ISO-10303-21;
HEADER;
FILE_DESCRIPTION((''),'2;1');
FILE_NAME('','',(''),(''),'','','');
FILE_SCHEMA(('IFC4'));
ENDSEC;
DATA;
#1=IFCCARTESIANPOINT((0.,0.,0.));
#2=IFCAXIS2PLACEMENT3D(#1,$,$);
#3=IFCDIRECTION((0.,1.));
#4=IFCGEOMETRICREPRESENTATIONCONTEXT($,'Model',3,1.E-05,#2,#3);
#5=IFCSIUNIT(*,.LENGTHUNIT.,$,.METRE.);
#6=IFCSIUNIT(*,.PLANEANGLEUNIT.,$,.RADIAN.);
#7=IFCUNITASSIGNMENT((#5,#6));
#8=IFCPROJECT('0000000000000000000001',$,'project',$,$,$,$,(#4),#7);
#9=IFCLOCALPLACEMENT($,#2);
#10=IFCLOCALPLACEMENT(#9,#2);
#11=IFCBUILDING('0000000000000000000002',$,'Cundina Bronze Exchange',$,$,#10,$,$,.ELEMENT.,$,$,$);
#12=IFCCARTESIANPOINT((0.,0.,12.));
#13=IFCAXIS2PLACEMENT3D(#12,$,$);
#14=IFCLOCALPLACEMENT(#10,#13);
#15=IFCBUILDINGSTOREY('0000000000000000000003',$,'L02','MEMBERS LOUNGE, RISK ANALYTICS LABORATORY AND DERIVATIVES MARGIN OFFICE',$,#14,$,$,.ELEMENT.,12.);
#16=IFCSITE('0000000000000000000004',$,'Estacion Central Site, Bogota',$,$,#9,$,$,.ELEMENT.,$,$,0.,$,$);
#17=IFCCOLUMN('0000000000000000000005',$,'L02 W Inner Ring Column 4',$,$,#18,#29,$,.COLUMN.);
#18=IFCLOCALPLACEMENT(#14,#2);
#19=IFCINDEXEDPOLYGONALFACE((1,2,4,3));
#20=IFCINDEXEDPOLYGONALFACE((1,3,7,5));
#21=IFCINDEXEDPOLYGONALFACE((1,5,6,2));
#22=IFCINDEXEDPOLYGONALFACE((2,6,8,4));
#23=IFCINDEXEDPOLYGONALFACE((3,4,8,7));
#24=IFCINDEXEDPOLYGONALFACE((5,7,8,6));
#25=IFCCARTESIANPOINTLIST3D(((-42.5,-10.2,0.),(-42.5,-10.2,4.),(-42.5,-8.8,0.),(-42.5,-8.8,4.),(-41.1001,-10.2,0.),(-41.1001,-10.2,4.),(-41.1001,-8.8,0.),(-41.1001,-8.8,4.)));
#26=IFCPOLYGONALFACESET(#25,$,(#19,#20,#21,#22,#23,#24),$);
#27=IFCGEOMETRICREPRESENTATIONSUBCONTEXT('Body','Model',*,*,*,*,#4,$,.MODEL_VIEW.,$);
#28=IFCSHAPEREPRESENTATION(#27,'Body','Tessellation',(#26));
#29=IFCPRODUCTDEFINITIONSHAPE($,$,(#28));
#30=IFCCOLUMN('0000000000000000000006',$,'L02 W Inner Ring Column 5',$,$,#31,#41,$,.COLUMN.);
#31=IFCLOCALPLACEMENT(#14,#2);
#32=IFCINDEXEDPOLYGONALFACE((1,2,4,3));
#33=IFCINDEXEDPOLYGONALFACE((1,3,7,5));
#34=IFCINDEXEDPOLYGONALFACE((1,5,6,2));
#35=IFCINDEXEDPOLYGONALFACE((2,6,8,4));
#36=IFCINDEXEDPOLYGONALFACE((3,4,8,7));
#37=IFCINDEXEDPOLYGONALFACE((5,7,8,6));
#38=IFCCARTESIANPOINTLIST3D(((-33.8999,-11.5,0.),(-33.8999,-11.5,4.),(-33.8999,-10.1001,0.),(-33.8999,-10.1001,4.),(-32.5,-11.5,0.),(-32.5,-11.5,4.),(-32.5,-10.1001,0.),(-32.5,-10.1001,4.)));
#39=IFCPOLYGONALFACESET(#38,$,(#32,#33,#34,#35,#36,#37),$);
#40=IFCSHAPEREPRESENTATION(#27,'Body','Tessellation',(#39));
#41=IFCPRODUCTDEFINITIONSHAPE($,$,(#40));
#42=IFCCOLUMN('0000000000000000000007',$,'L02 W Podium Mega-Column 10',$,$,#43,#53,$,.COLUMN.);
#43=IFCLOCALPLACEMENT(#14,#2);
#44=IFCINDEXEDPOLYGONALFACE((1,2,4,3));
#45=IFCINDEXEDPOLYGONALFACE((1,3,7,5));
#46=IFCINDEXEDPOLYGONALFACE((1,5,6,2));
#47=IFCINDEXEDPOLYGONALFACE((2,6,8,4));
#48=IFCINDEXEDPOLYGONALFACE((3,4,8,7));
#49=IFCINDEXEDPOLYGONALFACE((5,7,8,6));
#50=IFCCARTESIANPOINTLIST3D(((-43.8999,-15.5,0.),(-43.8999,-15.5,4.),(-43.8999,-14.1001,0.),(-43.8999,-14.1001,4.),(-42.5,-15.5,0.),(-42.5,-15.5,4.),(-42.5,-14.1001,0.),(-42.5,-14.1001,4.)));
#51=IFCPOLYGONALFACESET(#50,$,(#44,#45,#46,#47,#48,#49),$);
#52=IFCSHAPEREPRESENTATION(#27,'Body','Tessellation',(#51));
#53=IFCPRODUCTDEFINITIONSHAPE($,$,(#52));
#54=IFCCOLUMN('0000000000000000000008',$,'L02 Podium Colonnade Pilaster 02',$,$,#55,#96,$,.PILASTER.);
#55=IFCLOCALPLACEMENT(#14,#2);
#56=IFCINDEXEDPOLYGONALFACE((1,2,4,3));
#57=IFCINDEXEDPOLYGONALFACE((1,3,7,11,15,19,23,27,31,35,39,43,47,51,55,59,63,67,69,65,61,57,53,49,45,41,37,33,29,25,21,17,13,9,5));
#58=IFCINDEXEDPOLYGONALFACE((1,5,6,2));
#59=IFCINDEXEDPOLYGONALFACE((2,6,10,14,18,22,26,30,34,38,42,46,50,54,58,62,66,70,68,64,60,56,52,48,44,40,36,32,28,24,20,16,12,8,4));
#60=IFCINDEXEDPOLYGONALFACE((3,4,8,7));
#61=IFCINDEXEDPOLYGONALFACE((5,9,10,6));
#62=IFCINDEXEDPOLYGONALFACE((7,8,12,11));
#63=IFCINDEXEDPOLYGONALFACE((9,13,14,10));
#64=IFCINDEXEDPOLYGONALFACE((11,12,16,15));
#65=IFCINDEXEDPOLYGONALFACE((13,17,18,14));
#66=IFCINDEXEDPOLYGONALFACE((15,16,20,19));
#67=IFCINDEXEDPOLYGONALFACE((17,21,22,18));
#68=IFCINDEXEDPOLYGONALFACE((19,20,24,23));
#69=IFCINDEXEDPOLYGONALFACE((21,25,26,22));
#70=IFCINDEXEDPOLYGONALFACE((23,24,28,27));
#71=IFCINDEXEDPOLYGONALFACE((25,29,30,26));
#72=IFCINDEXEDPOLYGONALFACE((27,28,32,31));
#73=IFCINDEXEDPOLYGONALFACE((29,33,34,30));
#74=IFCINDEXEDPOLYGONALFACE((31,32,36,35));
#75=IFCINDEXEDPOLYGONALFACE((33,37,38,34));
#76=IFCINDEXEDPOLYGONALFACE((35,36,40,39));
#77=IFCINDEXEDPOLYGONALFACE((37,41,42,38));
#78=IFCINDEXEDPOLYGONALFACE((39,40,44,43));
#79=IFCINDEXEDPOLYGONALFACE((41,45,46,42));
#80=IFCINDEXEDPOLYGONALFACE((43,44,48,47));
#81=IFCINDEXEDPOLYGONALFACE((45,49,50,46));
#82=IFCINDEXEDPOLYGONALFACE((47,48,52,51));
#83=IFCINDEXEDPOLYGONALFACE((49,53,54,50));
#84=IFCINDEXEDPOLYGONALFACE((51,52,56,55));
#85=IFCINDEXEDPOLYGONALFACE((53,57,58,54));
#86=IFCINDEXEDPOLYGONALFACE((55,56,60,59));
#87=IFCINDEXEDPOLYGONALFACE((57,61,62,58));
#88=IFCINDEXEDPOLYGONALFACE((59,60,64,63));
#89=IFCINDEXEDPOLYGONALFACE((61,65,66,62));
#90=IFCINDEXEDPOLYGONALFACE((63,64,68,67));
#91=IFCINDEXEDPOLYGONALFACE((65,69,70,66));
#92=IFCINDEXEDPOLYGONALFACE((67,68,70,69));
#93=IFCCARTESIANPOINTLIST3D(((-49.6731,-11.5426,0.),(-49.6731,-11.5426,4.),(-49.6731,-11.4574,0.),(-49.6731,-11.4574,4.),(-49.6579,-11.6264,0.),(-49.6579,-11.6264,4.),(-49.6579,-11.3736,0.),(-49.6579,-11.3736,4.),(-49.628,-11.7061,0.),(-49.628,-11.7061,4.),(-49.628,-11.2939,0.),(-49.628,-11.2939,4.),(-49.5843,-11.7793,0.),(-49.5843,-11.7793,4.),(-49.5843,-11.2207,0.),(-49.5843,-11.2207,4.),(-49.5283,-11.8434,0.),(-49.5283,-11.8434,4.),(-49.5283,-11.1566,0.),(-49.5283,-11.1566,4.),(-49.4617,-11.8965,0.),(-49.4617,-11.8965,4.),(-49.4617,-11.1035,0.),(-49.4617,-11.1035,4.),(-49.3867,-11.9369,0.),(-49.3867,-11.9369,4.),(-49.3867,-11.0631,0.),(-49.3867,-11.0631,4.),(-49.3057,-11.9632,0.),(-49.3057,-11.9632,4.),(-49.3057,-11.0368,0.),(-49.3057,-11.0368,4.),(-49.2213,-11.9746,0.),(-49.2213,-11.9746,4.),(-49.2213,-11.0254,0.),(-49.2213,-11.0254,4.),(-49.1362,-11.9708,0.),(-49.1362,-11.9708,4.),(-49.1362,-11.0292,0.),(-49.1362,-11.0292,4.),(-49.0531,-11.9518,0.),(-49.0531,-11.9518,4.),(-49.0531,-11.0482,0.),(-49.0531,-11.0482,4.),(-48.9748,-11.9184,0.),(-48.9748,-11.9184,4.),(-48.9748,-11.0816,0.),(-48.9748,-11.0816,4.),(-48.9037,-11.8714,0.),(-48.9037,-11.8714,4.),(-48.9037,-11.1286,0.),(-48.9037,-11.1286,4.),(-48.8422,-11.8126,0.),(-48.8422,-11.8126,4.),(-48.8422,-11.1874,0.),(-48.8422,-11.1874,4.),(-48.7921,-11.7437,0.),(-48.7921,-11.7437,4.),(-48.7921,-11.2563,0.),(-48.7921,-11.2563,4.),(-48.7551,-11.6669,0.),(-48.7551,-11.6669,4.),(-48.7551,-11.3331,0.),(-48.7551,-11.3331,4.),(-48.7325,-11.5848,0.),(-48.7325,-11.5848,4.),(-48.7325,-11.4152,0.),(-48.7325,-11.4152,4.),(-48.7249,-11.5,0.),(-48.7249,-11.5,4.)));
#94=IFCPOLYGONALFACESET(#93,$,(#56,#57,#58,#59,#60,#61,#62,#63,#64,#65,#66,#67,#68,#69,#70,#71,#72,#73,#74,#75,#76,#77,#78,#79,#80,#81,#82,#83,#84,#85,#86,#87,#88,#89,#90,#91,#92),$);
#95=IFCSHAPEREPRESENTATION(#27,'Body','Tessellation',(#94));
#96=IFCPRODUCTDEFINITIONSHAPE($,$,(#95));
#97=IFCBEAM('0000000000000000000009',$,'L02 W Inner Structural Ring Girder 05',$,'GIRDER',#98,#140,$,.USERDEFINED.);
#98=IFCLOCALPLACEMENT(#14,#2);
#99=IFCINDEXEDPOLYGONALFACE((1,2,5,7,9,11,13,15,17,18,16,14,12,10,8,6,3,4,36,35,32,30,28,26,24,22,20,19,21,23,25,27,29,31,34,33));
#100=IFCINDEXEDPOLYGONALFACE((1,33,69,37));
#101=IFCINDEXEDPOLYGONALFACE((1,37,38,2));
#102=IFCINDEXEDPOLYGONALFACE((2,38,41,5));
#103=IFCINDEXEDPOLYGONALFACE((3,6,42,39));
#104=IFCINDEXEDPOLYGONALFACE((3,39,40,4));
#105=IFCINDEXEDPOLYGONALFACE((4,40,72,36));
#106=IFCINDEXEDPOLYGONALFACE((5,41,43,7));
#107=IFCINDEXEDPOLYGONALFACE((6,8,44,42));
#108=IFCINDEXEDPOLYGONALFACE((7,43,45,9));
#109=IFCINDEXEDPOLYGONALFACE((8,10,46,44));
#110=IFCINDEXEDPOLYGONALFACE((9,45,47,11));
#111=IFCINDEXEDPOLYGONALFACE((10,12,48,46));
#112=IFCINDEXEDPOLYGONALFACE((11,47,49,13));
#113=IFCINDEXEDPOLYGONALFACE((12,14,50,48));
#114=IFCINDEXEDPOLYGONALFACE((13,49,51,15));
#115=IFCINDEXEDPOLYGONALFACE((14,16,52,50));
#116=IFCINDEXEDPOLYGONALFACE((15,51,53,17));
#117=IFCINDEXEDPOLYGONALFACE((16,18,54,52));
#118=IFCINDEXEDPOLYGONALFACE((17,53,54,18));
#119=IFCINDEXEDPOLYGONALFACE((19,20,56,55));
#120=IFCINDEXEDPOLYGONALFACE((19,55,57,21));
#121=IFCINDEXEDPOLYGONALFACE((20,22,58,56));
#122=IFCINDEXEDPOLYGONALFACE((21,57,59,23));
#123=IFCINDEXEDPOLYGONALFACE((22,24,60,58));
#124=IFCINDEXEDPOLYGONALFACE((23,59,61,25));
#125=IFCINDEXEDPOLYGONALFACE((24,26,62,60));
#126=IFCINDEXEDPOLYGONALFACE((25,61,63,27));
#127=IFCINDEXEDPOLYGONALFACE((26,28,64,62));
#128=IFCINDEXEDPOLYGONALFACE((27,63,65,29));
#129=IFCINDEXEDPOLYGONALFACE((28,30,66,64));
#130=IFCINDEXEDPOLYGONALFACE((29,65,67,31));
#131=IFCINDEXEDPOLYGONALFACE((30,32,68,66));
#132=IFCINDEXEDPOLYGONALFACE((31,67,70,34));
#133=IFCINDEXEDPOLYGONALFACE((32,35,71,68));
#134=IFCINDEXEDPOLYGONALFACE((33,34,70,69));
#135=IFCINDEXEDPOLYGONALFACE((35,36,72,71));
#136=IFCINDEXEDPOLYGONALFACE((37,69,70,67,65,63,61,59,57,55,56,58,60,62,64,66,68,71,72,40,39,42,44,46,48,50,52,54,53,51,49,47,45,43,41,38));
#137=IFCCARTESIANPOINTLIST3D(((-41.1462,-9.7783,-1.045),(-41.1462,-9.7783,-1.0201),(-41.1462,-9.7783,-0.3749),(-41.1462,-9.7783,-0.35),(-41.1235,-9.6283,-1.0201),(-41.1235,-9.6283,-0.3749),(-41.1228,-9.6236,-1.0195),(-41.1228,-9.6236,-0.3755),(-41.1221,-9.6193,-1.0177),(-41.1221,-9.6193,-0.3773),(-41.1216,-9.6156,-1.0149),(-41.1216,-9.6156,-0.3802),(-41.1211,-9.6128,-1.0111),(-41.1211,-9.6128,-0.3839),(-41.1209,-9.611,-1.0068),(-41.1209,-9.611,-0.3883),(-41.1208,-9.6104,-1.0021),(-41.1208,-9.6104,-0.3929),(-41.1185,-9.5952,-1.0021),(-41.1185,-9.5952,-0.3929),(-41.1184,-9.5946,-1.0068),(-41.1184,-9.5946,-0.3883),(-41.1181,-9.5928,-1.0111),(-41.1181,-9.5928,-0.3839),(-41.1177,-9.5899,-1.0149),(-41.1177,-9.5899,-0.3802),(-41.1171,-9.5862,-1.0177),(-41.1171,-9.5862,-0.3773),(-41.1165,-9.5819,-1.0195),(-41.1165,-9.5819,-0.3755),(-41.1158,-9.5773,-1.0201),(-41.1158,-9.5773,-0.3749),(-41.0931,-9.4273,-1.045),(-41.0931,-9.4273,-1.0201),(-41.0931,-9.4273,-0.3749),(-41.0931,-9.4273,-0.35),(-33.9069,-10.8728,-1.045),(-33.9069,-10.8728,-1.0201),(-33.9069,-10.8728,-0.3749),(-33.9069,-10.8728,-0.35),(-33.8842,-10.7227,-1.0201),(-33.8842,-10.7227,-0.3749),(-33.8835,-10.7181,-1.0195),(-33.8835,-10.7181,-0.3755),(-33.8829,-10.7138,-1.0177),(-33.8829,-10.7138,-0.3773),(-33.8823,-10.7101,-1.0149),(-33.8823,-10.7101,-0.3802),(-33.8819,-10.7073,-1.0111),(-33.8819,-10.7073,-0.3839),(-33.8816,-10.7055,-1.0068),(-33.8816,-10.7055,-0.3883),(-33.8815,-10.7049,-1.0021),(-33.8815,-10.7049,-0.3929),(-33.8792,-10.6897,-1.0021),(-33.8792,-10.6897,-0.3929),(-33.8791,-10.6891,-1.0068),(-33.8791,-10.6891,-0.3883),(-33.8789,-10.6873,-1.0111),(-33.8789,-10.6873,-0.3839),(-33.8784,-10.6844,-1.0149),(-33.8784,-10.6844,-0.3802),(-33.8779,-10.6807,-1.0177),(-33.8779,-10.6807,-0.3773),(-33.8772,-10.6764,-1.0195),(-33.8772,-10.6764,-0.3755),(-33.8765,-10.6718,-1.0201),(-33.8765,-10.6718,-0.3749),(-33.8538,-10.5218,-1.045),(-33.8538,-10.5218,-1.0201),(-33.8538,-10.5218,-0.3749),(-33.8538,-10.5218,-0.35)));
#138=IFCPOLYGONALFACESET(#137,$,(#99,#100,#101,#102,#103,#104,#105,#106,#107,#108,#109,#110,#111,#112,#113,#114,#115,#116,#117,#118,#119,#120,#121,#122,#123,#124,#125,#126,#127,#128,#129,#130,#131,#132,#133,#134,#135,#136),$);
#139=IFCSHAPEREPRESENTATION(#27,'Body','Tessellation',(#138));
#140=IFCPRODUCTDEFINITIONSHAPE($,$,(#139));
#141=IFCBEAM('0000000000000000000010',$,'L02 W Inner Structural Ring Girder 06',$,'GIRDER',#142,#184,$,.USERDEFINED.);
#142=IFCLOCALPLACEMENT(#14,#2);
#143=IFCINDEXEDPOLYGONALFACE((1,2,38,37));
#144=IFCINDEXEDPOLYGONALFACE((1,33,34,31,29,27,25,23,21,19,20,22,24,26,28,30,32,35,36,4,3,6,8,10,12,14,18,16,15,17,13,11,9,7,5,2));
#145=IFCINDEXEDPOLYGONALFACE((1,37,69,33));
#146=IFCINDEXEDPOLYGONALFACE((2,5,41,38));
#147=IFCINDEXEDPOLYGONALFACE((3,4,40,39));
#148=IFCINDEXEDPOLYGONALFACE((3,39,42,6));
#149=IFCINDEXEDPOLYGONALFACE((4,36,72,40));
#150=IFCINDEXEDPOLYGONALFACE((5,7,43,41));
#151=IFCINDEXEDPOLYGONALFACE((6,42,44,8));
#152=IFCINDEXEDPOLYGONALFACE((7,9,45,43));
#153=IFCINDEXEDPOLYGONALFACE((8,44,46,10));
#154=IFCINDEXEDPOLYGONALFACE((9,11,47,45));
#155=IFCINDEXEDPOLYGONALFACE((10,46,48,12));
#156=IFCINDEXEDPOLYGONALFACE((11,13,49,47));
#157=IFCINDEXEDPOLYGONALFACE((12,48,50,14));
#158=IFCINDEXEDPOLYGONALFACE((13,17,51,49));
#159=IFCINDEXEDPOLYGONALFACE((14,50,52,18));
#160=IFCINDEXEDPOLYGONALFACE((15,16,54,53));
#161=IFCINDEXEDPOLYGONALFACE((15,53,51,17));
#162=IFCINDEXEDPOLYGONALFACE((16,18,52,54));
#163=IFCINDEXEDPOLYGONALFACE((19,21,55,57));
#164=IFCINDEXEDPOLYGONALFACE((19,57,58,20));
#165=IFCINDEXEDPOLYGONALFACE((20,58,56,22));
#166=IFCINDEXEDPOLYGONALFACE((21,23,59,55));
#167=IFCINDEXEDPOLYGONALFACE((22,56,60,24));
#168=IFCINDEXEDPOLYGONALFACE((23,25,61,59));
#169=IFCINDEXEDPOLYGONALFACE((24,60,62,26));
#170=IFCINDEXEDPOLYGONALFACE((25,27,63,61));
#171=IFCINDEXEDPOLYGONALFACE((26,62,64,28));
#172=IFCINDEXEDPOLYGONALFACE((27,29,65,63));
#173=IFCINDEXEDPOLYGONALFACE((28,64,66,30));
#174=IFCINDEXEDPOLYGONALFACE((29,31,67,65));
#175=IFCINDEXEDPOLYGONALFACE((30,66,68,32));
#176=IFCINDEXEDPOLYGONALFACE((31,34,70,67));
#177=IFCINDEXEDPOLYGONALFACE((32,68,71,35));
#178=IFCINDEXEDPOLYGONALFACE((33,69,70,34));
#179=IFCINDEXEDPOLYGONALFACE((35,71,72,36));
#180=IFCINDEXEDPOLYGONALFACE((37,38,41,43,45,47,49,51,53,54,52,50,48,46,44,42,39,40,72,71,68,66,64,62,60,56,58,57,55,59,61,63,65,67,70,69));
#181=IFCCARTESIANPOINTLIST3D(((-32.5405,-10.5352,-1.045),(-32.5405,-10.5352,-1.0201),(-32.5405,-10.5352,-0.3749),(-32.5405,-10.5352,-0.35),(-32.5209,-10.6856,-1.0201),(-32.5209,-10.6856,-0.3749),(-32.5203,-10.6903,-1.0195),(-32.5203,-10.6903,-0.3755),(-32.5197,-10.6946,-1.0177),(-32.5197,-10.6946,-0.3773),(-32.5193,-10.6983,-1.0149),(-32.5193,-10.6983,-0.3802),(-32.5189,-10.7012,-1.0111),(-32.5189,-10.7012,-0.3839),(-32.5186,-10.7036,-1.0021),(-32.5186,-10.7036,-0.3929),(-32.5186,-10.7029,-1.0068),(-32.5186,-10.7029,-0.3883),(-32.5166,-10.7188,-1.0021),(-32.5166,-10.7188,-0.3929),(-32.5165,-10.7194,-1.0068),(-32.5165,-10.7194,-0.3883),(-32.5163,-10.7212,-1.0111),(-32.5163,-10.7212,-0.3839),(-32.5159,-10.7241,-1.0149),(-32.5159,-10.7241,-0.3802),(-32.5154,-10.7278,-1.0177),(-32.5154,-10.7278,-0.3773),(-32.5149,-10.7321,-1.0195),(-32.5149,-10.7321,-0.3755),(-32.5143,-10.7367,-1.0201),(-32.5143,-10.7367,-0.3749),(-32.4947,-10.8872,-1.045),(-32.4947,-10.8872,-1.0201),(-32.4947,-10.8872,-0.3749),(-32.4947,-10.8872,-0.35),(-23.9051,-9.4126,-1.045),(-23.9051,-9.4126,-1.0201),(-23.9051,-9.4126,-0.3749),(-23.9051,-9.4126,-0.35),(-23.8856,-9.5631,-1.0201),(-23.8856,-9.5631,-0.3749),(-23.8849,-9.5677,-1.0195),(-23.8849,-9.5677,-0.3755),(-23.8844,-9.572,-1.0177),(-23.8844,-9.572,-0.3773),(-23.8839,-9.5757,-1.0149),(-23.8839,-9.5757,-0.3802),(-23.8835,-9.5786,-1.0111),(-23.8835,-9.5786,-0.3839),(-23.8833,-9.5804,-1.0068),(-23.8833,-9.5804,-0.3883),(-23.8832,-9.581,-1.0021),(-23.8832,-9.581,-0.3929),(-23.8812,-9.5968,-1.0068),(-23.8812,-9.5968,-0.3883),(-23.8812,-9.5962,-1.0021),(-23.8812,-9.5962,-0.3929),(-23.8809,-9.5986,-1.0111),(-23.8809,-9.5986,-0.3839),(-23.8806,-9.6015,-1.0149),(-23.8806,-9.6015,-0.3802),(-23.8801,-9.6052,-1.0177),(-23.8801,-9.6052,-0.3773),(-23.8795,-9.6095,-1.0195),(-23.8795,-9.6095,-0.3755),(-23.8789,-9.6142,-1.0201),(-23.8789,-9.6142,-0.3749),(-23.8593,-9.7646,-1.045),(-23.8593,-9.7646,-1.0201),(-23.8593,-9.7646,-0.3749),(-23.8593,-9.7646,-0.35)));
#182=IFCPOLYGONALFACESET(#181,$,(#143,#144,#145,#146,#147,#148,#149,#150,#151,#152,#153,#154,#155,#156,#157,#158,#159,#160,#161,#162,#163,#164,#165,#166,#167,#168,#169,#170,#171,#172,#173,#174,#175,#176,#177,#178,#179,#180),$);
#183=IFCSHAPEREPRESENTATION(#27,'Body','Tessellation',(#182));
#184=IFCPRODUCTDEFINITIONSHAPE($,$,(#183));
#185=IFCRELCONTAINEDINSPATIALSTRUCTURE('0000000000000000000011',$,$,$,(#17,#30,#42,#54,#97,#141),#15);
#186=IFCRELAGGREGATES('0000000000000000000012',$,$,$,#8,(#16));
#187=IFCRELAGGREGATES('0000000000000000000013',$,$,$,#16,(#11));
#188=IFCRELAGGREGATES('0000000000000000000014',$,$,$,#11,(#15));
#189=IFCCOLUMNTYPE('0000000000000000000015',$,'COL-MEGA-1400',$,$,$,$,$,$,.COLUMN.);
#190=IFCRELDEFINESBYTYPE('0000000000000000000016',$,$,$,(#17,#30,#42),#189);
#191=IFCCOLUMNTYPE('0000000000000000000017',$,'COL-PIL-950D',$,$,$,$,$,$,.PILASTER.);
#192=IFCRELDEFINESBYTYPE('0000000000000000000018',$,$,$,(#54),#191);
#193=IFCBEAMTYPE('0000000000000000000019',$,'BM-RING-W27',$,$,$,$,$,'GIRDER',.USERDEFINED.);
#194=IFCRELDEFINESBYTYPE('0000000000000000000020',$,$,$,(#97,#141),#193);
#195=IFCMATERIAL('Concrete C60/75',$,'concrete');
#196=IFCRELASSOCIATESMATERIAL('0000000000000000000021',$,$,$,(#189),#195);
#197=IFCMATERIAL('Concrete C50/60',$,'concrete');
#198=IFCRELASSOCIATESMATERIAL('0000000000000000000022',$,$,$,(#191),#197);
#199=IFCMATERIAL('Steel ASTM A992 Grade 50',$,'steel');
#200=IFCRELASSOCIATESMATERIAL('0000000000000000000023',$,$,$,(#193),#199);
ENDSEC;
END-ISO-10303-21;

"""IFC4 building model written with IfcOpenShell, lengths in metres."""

from ifc_helpers import new_model, si_unit, direction, frame, origin, origin_2d, place, context, subcontext, project, spatial, rectangle, circle, i_section, extrude, material, material_profile, profile_set, type_object, element, save


model = new_model("IFC4")

# Units and contexts
model_context = context("Model", 3, precision=1e-05, world=origin(), true_north=direction((0.0, 1.0)))
body_context = subcontext(model_context, "Body", "Model", "MODEL_VIEW")
ifc_project = project(units=[si_unit("LENGTHUNIT", "METRE"), si_unit("PLANEANGLEUNIT", "RADIAN")], contexts=[model_context])

# Site, building, storey
site_placement = place(None, origin())
site = spatial("IfcSite", under=ifc_project, at=site_placement, Name="Estacion Central Site, Bogota", CompositionType="ELEMENT", RefElevation=0.0)
building_placement = place(site_placement, origin())
building = spatial("IfcBuilding", under=site, at=building_placement, Name="Cundina Bronze Exchange", CompositionType="ELEMENT")
storey_placement = place(building_placement, frame((0.0, 0.0, 12.0)))
storey = spatial("IfcBuildingStorey", under=building, at=storey_placement, Name="L02", Description="MEMBERS LOUNGE, RISK ANALYTICS LABORATORY AND DERIVATIVES MARGIN OFFICE", CompositionType="ELEMENT", Elevation=12.0)

# Columns
ifc_material_1 = material(Name="Concrete C60/75", Category="concrete")
ifc_material_profile_1 = material_profile(ifc_material_1, rectangle(XDim=1.3999, YDim=1.3999, at=origin_2d()), Name="RC1400X1400", Category="concrete")
ifc_profile_set_1 = profile_set([ifc_material_profile_1], Name="Concrete C60/75")
column_type_1 = type_object("IfcColumnType", Name="COL-MEGA-1400", PredefinedType="COLUMN", material=ifc_profile_set_1)
for number, where, z_axis, x_axis, name in (
    (1, (-41.8, -9.5, 0.0), (0.0, 0.0, 1.0), (1.0, 0.0, 0.0), "L02 W Inner Ring Column 4"),
    (2, (-33.2, -10.8, 0.0), (0.0, 0.0, 1.0), (1.0, 0.0, 0.0), "L02 W Inner Ring Column 5"),
    (3, (-43.2, -14.8, 0.0), (0.0, 0.0, 1.0), (1.0, 0.0, 0.0), "L02 W Podium Mega-Column 10"),
):
    element("IfcColumn", number, at=place(storey_placement, frame(where, z_axis=z_axis, x_axis=x_axis)), inside=storey, type_object=column_type_1, Name=name, PredefinedType="COLUMN", context=body_context, shape_type="SweptSolid", body=[
        extrude(rectangle(XDim=1.3999, YDim=1.3999, at=origin_2d()), origin(), (0.0, 0.0, 1.0), 4.0),
    ])
ifc_material_2 = material(Name="Concrete C50/60", Category="concrete")
ifc_material_profile_2 = material_profile(ifc_material_2, circle(Radius=0.4751, at=origin_2d()), Name="RC950D", Category="concrete")
ifc_profile_set_2 = profile_set([ifc_material_profile_2], Name="Concrete C50/60")
column_type_2 = type_object("IfcColumnType", Name="COL-PIL-950D", PredefinedType="PILASTER", material=ifc_profile_set_2)
column_placement = place(storey_placement, frame((-49.2, -11.5, 0.0), z_axis=(0.0, 0.0, 1.0), x_axis=(1.0, 0.0, 0.0)))
element("IfcColumn", 4, at=column_placement, inside=storey, type_object=column_type_2, Name="L02 Podium Colonnade Pilaster 02", PredefinedType="PILASTER", context=body_context, shape_type="SweptSolid", body=[
    extrude(circle(Radius=0.4751, at=origin_2d()), origin(), (0.0, 0.0, 1.0), 4.0),
])

# Beams
ifc_material_3 = material(Name="Steel ASTM A992 Grade 50", Category="steel")
ifc_material_profile_3 = material_profile(ifc_material_3, i_section(OverallWidth=0.355, OverallDepth=0.6951, WebThickness=0.0154, FlangeThickness=0.0249, FilletRadius=0.0181, at=origin_2d()), Name="W27X146", Category="steel")
ifc_profile_set_3 = profile_set([ifc_material_profile_3], Name="Steel ASTM A992 Grade 50")
beam_type_1 = type_object("IfcBeamType", Name="BM-RING-W27", ElementType="GIRDER", PredefinedType="USERDEFINED", material=ifc_profile_set_3)
beam_1_placement = place(storey_placement, frame((-41.1196, -9.6028, -0.6975), z_axis=(0.988763, -0.149488, 0.0), x_axis=(0.149488, 0.988763, 0.0)))
element("IfcBeam", 5, at=beam_1_placement, inside=storey, type_object=beam_type_1, Name="L02 W Inner Structural Ring Girder 05", ObjectType="GIRDER", PredefinedType="USERDEFINED", context=body_context, shape_type="SweptSolid", body=[
    extrude(i_section(OverallWidth=0.355, OverallDepth=0.6951, WebThickness=0.0154, FlangeThickness=0.0249, FilletRadius=0.0181, at=origin_2d()), origin(), (0.0, 0.0, 1.0), 7.3215),
])
beam_2_placement = place(storey_placement, frame((-32.5176, -10.7112, -0.6975), z_axis=(0.991656, 0.128912, 0.0), x_axis=(-0.128912, 0.991656, 0.0)))
element("IfcBeam", 6, at=beam_2_placement, inside=storey, type_object=beam_type_1, Name="L02 W Inner Structural Ring Girder 06", ObjectType="GIRDER", PredefinedType="USERDEFINED", context=body_context, shape_type="SweptSolid", body=[
    extrude(i_section(OverallWidth=0.355, OverallDepth=0.6951, WebThickness=0.0154, FlangeThickness=0.0249, FilletRadius=0.0181, at=origin_2d()), origin(), (0.0, 0.0, 1.0), 8.708),
])

save(model, "model.ifc")
